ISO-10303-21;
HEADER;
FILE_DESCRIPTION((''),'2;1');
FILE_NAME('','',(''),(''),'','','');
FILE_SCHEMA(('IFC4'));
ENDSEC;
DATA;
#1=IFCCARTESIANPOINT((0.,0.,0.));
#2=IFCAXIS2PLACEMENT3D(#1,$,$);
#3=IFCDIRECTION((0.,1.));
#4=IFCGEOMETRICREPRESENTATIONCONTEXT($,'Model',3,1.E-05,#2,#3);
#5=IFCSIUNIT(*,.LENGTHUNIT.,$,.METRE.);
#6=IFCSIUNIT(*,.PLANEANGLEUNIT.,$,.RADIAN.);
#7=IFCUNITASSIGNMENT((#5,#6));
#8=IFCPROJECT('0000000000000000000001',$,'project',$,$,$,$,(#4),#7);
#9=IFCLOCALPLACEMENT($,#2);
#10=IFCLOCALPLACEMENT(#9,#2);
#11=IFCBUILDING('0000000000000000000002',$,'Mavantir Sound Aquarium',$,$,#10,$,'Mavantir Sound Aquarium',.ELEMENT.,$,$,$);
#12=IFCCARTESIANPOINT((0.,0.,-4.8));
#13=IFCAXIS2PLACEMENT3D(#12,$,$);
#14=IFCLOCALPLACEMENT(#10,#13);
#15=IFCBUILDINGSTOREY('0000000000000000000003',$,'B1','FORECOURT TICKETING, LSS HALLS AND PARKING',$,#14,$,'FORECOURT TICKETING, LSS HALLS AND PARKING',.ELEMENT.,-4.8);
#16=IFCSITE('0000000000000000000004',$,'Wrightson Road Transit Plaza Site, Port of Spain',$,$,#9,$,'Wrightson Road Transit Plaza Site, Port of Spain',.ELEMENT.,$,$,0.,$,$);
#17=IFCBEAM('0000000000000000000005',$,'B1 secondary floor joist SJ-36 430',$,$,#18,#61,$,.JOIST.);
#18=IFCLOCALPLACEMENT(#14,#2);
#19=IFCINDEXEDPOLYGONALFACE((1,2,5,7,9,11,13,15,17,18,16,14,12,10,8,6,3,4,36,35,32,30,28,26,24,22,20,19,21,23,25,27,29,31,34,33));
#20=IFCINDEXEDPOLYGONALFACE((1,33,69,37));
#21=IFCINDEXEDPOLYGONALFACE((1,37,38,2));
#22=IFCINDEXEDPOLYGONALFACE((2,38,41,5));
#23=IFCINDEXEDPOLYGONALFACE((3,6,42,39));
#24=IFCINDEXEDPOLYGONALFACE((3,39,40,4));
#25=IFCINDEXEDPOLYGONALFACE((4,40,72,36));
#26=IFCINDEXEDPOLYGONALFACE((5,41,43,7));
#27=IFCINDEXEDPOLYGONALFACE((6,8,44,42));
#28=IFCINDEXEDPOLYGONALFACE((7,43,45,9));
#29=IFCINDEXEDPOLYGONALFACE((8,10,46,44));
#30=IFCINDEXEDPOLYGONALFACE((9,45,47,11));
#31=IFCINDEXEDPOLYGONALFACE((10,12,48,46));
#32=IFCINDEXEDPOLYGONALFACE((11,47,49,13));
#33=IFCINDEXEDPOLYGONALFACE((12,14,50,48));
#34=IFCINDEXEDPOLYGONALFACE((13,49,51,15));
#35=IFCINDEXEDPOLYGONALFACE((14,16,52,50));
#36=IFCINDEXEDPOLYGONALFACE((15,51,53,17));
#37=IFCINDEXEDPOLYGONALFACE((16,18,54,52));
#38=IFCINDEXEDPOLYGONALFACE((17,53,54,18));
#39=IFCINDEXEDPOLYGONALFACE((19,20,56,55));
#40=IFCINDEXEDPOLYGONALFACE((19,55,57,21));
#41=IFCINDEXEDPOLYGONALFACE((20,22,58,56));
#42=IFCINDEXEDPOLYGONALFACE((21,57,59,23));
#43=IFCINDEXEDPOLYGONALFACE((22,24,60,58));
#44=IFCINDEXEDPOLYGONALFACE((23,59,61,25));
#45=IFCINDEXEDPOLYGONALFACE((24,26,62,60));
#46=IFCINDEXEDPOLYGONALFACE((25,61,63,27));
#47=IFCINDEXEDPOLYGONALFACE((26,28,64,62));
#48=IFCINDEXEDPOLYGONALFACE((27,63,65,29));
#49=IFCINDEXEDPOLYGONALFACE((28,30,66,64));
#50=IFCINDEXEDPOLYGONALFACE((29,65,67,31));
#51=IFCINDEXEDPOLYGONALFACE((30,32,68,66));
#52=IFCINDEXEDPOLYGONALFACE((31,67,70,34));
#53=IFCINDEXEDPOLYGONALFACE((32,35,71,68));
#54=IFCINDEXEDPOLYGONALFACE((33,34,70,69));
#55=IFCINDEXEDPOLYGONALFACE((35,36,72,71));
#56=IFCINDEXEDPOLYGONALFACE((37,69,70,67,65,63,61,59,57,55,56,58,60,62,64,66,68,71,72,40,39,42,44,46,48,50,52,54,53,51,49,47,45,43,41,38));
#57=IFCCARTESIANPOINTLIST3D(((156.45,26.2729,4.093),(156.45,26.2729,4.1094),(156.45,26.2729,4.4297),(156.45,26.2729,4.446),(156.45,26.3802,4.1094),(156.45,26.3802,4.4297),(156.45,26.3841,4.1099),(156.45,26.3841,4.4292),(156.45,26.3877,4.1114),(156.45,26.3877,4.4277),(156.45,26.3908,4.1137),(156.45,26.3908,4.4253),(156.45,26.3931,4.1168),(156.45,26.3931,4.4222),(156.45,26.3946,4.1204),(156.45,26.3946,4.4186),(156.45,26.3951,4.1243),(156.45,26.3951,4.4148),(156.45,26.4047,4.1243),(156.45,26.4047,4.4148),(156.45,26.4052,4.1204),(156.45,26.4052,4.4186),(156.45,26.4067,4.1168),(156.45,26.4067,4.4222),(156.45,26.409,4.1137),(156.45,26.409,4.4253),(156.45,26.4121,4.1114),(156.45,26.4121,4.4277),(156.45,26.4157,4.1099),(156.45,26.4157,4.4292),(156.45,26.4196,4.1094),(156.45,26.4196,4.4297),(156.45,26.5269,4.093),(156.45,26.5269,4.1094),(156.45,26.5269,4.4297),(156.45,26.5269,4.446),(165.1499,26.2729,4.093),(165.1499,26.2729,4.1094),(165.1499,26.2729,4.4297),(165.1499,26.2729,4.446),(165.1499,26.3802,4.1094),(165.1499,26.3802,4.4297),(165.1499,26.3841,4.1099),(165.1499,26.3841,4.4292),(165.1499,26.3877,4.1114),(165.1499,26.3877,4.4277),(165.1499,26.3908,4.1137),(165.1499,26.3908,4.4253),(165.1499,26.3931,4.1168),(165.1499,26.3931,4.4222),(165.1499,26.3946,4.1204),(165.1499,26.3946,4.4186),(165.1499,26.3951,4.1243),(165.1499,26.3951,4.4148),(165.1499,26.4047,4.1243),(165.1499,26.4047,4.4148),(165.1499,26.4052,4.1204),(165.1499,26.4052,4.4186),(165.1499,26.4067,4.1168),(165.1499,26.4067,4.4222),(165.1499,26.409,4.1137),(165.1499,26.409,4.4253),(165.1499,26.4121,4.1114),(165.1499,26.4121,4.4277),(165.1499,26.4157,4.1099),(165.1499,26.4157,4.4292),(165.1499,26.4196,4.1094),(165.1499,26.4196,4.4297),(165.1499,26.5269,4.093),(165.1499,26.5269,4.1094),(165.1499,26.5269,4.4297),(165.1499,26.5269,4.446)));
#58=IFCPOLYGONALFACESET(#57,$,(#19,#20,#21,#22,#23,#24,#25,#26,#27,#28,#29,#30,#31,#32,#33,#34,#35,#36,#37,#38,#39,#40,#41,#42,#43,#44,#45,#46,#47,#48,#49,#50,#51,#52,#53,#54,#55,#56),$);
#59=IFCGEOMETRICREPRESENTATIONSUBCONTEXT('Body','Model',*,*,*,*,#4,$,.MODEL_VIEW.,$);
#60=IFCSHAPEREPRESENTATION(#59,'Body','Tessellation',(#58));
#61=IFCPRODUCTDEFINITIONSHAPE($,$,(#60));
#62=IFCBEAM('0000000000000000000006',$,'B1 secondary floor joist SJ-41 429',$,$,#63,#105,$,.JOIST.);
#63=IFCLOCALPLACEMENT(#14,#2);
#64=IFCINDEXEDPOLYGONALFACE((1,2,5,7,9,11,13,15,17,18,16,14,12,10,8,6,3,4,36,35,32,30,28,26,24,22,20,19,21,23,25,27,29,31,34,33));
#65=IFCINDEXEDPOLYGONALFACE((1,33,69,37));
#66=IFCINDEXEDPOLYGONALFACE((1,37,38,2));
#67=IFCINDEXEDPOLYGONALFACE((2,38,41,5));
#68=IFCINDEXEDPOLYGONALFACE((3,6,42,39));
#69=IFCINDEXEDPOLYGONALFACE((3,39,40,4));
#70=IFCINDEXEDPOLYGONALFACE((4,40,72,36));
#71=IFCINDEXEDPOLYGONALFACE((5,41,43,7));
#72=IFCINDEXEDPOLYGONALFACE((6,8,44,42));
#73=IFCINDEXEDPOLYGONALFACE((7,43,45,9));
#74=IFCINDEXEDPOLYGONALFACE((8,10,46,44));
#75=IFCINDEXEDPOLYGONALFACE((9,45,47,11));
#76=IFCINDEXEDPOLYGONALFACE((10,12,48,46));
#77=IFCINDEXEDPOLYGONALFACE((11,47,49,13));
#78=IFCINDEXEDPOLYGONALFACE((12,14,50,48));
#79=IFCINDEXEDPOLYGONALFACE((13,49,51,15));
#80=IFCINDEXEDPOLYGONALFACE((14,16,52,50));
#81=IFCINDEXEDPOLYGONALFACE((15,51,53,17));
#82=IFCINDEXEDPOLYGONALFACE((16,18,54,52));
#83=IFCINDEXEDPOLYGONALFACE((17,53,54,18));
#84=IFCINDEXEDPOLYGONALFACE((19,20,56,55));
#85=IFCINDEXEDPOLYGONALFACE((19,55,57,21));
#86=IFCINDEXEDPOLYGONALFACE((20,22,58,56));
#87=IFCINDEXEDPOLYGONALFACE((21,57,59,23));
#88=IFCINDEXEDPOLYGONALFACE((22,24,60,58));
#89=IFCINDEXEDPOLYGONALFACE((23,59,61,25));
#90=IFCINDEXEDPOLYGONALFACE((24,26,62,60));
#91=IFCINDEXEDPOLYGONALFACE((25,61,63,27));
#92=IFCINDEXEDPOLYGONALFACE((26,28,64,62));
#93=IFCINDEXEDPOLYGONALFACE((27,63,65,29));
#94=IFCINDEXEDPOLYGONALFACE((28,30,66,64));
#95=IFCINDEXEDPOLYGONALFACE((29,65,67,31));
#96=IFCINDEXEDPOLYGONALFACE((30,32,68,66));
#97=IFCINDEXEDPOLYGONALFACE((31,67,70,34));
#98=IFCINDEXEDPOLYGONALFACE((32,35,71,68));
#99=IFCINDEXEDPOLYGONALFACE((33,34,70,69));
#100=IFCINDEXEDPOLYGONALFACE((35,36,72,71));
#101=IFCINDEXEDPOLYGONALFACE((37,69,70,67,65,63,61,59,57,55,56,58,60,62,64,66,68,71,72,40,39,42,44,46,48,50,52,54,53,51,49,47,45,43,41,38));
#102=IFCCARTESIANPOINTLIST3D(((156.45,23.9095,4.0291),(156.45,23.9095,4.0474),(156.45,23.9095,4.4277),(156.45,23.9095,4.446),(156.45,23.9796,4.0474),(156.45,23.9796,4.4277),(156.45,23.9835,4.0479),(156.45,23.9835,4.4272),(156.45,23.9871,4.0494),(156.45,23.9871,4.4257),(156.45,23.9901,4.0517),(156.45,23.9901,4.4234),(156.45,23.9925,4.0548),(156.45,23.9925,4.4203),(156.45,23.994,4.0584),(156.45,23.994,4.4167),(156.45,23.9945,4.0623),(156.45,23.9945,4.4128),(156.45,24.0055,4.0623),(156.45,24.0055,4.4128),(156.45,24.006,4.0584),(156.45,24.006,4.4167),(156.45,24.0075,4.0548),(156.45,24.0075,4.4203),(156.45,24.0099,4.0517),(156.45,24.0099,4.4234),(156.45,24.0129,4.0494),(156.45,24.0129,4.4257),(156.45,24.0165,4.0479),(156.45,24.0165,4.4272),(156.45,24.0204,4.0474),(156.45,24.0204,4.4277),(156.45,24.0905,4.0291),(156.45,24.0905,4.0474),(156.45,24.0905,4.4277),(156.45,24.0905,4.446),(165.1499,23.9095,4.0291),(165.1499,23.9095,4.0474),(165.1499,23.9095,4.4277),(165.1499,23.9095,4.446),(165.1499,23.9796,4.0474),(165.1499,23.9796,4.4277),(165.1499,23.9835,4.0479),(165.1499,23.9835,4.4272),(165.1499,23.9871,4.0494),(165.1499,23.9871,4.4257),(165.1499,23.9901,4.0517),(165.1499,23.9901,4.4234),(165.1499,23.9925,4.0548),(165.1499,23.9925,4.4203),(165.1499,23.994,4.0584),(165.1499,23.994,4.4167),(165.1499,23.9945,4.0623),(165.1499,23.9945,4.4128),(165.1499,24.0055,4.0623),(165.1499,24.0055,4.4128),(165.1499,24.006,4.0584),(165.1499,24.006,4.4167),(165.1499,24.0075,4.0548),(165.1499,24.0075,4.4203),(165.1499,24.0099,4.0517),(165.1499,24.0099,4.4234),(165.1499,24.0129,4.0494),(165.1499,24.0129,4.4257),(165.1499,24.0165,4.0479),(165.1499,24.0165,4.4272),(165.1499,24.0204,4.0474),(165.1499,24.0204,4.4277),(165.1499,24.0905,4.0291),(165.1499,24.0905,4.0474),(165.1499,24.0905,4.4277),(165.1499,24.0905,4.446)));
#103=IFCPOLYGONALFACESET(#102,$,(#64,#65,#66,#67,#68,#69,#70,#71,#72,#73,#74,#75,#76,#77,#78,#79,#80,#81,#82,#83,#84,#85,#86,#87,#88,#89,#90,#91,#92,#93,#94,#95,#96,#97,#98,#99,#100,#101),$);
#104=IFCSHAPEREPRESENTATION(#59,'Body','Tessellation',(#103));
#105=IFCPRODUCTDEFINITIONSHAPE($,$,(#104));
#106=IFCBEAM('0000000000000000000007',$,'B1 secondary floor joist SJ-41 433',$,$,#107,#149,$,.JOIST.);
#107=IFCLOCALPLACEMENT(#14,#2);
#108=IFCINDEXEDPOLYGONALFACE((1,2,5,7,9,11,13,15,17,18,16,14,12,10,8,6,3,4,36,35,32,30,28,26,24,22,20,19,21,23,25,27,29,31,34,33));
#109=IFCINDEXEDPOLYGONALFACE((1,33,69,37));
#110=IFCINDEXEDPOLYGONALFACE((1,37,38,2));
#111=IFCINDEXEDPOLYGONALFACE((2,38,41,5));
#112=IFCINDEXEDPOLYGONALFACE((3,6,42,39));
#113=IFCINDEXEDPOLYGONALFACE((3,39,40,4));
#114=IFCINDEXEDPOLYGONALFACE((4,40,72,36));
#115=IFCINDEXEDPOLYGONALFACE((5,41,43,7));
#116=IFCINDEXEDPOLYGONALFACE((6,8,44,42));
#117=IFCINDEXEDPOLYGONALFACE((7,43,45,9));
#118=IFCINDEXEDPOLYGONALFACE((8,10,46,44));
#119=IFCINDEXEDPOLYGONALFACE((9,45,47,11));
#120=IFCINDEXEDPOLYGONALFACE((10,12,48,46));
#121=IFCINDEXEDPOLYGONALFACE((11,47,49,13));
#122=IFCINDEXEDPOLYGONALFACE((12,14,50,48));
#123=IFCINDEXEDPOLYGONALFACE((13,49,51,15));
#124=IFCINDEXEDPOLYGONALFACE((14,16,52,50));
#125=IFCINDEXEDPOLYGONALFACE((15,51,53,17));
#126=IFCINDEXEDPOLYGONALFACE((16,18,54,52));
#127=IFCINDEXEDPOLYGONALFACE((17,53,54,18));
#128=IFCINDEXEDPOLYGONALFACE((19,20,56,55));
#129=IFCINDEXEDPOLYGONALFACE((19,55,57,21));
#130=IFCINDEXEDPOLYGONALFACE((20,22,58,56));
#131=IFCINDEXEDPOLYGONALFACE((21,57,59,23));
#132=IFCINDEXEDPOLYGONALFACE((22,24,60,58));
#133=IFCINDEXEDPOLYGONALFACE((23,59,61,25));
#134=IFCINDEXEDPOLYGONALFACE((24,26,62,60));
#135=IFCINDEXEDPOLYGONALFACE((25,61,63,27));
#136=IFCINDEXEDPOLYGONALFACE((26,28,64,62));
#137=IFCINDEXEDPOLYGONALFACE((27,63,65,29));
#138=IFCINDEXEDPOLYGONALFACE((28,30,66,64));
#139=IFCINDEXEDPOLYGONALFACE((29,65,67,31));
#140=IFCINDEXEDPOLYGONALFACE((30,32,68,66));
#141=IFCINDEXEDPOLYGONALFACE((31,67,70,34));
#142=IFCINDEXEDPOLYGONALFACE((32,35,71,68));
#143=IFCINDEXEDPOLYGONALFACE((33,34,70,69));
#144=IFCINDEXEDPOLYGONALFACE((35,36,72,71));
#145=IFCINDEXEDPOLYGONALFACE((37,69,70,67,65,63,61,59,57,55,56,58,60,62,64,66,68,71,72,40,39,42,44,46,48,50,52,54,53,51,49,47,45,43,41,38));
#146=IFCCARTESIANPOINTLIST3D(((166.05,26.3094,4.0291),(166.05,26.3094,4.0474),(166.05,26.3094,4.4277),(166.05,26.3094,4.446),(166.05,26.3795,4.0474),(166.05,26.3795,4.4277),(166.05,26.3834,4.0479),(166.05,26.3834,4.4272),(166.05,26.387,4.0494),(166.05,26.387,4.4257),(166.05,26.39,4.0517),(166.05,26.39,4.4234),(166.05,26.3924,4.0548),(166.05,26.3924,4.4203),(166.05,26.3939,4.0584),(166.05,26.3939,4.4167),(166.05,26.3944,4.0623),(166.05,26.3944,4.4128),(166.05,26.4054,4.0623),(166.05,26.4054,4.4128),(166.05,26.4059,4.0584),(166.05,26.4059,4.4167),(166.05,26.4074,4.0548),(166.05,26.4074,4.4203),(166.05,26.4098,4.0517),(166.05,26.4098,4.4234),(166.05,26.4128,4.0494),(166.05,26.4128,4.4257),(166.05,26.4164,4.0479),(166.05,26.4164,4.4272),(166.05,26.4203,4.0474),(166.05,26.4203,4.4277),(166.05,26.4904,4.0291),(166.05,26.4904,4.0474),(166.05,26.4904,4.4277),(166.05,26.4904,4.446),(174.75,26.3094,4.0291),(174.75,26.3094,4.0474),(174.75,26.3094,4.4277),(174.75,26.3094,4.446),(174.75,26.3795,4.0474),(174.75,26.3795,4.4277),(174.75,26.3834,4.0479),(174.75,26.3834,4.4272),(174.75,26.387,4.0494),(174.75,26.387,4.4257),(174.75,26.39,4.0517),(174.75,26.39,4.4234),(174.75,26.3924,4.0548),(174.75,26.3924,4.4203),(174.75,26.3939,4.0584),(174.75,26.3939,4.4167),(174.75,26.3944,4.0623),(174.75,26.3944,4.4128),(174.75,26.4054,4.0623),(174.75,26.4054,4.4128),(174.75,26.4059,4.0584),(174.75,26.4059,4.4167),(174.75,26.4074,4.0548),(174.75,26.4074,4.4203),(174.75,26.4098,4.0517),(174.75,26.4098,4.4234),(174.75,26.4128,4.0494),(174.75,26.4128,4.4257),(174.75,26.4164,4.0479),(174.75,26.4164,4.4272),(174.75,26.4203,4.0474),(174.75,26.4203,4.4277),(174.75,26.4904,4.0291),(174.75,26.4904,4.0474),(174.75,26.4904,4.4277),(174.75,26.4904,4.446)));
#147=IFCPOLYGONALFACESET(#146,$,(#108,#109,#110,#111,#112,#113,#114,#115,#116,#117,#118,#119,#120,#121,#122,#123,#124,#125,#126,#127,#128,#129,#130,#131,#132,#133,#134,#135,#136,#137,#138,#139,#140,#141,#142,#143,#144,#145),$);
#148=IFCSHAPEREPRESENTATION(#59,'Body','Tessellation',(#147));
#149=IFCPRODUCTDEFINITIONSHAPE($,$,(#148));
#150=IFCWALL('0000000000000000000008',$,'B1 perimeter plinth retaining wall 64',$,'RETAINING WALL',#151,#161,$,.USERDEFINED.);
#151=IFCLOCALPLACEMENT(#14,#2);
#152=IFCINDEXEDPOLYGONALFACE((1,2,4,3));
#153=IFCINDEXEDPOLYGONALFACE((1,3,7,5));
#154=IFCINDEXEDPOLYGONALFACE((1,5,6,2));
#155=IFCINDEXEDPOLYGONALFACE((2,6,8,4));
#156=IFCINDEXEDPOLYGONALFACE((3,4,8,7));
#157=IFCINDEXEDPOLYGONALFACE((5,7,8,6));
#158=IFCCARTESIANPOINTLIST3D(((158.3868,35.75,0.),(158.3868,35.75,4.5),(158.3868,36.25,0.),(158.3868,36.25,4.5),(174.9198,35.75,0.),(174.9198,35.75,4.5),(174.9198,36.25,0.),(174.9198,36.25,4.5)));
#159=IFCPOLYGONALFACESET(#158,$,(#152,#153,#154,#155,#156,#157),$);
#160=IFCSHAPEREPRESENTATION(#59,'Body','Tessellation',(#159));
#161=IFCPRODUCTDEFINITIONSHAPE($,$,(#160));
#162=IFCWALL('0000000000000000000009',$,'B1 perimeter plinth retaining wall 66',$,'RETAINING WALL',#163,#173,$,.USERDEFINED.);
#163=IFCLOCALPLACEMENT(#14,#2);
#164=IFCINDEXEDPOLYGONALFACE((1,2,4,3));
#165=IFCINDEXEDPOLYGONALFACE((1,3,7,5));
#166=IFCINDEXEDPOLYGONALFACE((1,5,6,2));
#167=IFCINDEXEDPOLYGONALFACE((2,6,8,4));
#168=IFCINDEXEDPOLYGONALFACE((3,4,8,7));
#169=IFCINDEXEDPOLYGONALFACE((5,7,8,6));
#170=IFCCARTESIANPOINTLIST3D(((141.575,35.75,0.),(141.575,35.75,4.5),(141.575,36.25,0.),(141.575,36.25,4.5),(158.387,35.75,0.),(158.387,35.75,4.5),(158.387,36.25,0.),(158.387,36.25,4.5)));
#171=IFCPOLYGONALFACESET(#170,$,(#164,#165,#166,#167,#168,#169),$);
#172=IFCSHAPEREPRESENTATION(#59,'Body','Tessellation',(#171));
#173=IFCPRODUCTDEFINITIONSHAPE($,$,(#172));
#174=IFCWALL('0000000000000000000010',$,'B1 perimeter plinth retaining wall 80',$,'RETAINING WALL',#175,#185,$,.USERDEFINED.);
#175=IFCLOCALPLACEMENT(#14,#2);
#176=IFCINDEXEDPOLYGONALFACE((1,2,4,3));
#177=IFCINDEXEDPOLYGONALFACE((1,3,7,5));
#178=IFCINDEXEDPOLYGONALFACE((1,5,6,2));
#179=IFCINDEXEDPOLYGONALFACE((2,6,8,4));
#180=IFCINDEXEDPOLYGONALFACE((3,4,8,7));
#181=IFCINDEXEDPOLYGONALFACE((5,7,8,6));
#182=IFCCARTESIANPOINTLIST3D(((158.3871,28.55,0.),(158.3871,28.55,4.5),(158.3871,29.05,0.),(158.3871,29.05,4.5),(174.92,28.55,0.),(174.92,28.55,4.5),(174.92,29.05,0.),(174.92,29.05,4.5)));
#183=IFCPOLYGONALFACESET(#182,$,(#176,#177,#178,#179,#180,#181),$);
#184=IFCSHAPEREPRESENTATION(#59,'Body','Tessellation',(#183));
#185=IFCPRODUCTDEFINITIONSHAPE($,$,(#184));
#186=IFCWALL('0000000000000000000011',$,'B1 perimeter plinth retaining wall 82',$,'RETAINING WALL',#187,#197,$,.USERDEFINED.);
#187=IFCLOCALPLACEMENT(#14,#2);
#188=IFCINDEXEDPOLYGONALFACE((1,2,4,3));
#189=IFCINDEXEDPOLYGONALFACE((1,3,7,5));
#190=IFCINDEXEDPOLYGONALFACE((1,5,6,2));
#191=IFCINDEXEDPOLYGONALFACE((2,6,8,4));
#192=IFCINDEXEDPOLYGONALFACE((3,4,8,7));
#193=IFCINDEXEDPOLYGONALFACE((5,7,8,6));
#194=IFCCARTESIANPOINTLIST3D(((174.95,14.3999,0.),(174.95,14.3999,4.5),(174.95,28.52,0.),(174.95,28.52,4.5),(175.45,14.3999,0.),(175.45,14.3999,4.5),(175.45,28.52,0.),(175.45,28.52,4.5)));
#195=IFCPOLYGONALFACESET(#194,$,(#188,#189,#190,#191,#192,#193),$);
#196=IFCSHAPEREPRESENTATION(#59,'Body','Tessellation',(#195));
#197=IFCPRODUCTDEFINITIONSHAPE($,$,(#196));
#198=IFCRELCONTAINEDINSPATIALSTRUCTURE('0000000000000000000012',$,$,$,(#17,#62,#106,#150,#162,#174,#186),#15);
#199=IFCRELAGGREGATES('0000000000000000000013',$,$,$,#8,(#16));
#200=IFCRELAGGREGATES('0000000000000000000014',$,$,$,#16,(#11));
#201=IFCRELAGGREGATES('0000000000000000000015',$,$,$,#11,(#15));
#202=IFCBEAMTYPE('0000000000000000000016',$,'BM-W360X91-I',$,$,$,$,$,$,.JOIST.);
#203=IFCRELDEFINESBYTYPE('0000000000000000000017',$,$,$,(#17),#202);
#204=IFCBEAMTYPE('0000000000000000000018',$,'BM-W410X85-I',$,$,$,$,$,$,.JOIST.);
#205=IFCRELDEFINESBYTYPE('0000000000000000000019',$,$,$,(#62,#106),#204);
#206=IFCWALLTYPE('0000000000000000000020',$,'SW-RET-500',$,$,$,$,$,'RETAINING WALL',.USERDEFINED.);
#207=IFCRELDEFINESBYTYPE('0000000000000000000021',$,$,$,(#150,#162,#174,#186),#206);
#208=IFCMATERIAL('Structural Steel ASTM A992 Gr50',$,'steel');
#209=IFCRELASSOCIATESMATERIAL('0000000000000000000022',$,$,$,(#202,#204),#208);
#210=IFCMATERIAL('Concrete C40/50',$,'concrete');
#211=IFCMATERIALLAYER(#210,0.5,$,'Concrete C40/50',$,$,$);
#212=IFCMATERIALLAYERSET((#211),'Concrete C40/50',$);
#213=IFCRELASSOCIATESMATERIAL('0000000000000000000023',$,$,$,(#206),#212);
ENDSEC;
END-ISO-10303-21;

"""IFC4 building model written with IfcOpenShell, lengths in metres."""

from ifc_helpers import new_model, si_unit, direction, frame, frame_2d, origin, origin_2d, place, context, subcontext, project, spatial, rectangle, i_section, extrude, material, layer, layer_set, material_profile, profile_set, type_object, element, save


model = new_model("IFC4")

# Units and contexts
model_context = context("Model", 3, precision=1e-05, world=origin(), true_north=direction((0.0, 1.0)))
body_context = subcontext(model_context, "Body", "Model", "MODEL_VIEW")
ifc_project = project(units=[si_unit("LENGTHUNIT", "METRE"), si_unit("PLANEANGLEUNIT", "RADIAN")], contexts=[model_context])

# Site, building, storey
site_placement = place(None, origin())
site = spatial("IfcSite", under=ifc_project, at=site_placement, Name="Wrightson Road Transit Plaza Site, Port of Spain", LongName="Wrightson Road Transit Plaza Site, Port of Spain", CompositionType="ELEMENT", RefElevation=0.0)
building_placement = place(site_placement, origin())
building = spatial("IfcBuilding", under=site, at=building_placement, Name="Mavantir Sound Aquarium", LongName="Mavantir Sound Aquarium", CompositionType="ELEMENT")
storey_placement = place(building_placement, frame((0.0, 0.0, -4.8)))
storey = spatial("IfcBuildingStorey", under=building, at=storey_placement, Name="B1", Description="FORECOURT TICKETING, LSS HALLS AND PARKING", LongName="FORECOURT TICKETING, LSS HALLS AND PARKING", CompositionType="ELEMENT", Elevation=-4.8)

# Shared definitions
ifc_material_1 = material(Name="Concrete C40/50", Category="concrete")

# Beams
ifc_material_2 = material(Name="Structural Steel ASTM A992 Gr50", Category="steel")
ifc_material_profile_1 = material_profile(ifc_material_2, i_section(OverallWidth=0.2539, OverallDepth=0.353, WebThickness=0.0095, FlangeThickness=0.0164, FilletRadius=0.0149, at=origin_2d()), Name="W360X91")
ifc_profile_set_1 = profile_set([ifc_material_profile_1], Name="Structural Steel ASTM A992 Gr50")
beam_type_1 = type_object("IfcBeamType", Name="BM-W360X91-I", PredefinedType="JOIST", material=ifc_profile_set_1)
beam_1_placement = place(storey_placement, frame((156.45, 26.3999, 4.2695), z_axis=(1.0, 0.0, 0.0), x_axis=(0.0, 1.0, 0.0)))
element("IfcBeam", 1, at=beam_1_placement, inside=storey, type_object=beam_type_1, Name="B1 secondary floor joist SJ-36 430", PredefinedType="JOIST", context=body_context, shape_type="SweptSolid", body=[
    extrude(i_section(OverallWidth=0.2539, OverallDepth=0.353, WebThickness=0.0095, FlangeThickness=0.0164, FilletRadius=0.0149, at=origin_2d()), origin(), (0.0, 0.0, 1.0), 8.7),
])
ifc_material_profile_2 = material_profile(ifc_material_2, i_section(OverallWidth=0.1809, OverallDepth=0.417, WebThickness=0.011, FlangeThickness=0.0183, FilletRadius=0.0149, at=origin_2d()), Name="W410X85")
ifc_profile_set_2 = profile_set([ifc_material_profile_2], Name="Structural Steel ASTM A992 Gr50")
beam_type_2 = type_object("IfcBeamType", Name="BM-W410X85-I", PredefinedType="JOIST", material=ifc_profile_set_2)
for number, where, z_axis, x_axis, name in (
    (2, (156.45, 24.0, 4.2375), (1.0, 0.0, 0.0), (0.0, 1.0, 0.0), "B1 secondary floor joist SJ-41 429"),
    (3, (166.05, 26.3999, 4.2375), (1.0, 0.0, 0.0), (0.0, 1.0, 0.0), "B1 secondary floor joist SJ-41 433"),
):
    element("IfcBeam", number, at=place(storey_placement, frame(where, z_axis=z_axis, x_axis=x_axis)), inside=storey, type_object=beam_type_2, Name=name, PredefinedType="JOIST", context=body_context, shape_type="SweptSolid", body=[
        extrude(i_section(OverallWidth=0.1809, OverallDepth=0.417, WebThickness=0.011, FlangeThickness=0.0183, FilletRadius=0.0149, at=origin_2d()), origin(), (0.0, 0.0, 1.0), 8.7),
    ])

# Walls
ifc_layer = layer(ifc_material_1, 0.5, Name="Concrete C40/50")
ifc_layer_set = layer_set([ifc_layer], Name="Concrete C40/50")
wall_type = type_object("IfcWallType", Name="SW-RET-500", ElementType="RETAINING WALL", PredefinedType="USERDEFINED", material=ifc_layer_set)
wall_1_placement = place(storey_placement, frame((174.9199, 36.0, 0.0), z_axis=(0.0, 0.0, 1.0), x_axis=(-1.0, 0.0, 0.0)))
element("IfcWall", 4, at=wall_1_placement, inside=storey, type_object=wall_type, Name="B1 perimeter plinth retaining wall 64", ObjectType="RETAINING WALL", PredefinedType="USERDEFINED", context=body_context, shape_type="SweptSolid", body=[
    extrude(rectangle(XDim=16.533, YDim=0.5, at=frame_2d((8.2666, 0.0))), origin(), (0.0, 0.0, 1.0), 4.5),
])
wall_2_placement = place(storey_placement, frame((158.387, 36.0, 0.0), z_axis=(0.0, 0.0, 1.0), x_axis=(-1.0, 0.0, 0.0)))
element("IfcWall", 5, at=wall_2_placement, inside=storey, type_object=wall_type, Name="B1 perimeter plinth retaining wall 66", ObjectType="RETAINING WALL", PredefinedType="USERDEFINED", context=body_context, shape_type="SweptSolid", body=[
    extrude(rectangle(XDim=16.812, YDim=0.5, at=frame_2d((8.406, 0.0))), origin(), (0.0, 0.0, 1.0), 4.5),
])
wall_3_placement = place(storey_placement, frame((158.387, 28.8, 0.0), z_axis=(0.0, 0.0, 1.0), x_axis=(1.0, 0.0, 0.0)))
element("IfcWall", 6, at=wall_3_placement, inside=storey, type_object=wall_type, Name="B1 perimeter plinth retaining wall 80", ObjectType="RETAINING WALL", PredefinedType="USERDEFINED", context=body_context, shape_type="SweptSolid", body=[
    extrude(rectangle(XDim=16.533, YDim=0.5, at=frame_2d((8.2666, 0.0))), origin(), (0.0, 0.0, 1.0), 4.5),
])
wall_4_placement = place(storey_placement, frame((175.2, 28.52, 0.0), z_axis=(0.0, 0.0, 1.0), x_axis=(0.0, -1.0, 0.0)))
element("IfcWall", 7, at=wall_4_placement, inside=storey, type_object=wall_type, Name="B1 perimeter plinth retaining wall 82", ObjectType="RETAINING WALL", PredefinedType="USERDEFINED", context=body_context, shape_type="SweptSolid", body=[
    extrude(rectangle(XDim=14.1201, YDim=0.5, at=frame_2d((7.0601, 0.0))), origin(), (0.0, 0.0, 1.0), 4.5),
])

save(model, "model.ifc")
